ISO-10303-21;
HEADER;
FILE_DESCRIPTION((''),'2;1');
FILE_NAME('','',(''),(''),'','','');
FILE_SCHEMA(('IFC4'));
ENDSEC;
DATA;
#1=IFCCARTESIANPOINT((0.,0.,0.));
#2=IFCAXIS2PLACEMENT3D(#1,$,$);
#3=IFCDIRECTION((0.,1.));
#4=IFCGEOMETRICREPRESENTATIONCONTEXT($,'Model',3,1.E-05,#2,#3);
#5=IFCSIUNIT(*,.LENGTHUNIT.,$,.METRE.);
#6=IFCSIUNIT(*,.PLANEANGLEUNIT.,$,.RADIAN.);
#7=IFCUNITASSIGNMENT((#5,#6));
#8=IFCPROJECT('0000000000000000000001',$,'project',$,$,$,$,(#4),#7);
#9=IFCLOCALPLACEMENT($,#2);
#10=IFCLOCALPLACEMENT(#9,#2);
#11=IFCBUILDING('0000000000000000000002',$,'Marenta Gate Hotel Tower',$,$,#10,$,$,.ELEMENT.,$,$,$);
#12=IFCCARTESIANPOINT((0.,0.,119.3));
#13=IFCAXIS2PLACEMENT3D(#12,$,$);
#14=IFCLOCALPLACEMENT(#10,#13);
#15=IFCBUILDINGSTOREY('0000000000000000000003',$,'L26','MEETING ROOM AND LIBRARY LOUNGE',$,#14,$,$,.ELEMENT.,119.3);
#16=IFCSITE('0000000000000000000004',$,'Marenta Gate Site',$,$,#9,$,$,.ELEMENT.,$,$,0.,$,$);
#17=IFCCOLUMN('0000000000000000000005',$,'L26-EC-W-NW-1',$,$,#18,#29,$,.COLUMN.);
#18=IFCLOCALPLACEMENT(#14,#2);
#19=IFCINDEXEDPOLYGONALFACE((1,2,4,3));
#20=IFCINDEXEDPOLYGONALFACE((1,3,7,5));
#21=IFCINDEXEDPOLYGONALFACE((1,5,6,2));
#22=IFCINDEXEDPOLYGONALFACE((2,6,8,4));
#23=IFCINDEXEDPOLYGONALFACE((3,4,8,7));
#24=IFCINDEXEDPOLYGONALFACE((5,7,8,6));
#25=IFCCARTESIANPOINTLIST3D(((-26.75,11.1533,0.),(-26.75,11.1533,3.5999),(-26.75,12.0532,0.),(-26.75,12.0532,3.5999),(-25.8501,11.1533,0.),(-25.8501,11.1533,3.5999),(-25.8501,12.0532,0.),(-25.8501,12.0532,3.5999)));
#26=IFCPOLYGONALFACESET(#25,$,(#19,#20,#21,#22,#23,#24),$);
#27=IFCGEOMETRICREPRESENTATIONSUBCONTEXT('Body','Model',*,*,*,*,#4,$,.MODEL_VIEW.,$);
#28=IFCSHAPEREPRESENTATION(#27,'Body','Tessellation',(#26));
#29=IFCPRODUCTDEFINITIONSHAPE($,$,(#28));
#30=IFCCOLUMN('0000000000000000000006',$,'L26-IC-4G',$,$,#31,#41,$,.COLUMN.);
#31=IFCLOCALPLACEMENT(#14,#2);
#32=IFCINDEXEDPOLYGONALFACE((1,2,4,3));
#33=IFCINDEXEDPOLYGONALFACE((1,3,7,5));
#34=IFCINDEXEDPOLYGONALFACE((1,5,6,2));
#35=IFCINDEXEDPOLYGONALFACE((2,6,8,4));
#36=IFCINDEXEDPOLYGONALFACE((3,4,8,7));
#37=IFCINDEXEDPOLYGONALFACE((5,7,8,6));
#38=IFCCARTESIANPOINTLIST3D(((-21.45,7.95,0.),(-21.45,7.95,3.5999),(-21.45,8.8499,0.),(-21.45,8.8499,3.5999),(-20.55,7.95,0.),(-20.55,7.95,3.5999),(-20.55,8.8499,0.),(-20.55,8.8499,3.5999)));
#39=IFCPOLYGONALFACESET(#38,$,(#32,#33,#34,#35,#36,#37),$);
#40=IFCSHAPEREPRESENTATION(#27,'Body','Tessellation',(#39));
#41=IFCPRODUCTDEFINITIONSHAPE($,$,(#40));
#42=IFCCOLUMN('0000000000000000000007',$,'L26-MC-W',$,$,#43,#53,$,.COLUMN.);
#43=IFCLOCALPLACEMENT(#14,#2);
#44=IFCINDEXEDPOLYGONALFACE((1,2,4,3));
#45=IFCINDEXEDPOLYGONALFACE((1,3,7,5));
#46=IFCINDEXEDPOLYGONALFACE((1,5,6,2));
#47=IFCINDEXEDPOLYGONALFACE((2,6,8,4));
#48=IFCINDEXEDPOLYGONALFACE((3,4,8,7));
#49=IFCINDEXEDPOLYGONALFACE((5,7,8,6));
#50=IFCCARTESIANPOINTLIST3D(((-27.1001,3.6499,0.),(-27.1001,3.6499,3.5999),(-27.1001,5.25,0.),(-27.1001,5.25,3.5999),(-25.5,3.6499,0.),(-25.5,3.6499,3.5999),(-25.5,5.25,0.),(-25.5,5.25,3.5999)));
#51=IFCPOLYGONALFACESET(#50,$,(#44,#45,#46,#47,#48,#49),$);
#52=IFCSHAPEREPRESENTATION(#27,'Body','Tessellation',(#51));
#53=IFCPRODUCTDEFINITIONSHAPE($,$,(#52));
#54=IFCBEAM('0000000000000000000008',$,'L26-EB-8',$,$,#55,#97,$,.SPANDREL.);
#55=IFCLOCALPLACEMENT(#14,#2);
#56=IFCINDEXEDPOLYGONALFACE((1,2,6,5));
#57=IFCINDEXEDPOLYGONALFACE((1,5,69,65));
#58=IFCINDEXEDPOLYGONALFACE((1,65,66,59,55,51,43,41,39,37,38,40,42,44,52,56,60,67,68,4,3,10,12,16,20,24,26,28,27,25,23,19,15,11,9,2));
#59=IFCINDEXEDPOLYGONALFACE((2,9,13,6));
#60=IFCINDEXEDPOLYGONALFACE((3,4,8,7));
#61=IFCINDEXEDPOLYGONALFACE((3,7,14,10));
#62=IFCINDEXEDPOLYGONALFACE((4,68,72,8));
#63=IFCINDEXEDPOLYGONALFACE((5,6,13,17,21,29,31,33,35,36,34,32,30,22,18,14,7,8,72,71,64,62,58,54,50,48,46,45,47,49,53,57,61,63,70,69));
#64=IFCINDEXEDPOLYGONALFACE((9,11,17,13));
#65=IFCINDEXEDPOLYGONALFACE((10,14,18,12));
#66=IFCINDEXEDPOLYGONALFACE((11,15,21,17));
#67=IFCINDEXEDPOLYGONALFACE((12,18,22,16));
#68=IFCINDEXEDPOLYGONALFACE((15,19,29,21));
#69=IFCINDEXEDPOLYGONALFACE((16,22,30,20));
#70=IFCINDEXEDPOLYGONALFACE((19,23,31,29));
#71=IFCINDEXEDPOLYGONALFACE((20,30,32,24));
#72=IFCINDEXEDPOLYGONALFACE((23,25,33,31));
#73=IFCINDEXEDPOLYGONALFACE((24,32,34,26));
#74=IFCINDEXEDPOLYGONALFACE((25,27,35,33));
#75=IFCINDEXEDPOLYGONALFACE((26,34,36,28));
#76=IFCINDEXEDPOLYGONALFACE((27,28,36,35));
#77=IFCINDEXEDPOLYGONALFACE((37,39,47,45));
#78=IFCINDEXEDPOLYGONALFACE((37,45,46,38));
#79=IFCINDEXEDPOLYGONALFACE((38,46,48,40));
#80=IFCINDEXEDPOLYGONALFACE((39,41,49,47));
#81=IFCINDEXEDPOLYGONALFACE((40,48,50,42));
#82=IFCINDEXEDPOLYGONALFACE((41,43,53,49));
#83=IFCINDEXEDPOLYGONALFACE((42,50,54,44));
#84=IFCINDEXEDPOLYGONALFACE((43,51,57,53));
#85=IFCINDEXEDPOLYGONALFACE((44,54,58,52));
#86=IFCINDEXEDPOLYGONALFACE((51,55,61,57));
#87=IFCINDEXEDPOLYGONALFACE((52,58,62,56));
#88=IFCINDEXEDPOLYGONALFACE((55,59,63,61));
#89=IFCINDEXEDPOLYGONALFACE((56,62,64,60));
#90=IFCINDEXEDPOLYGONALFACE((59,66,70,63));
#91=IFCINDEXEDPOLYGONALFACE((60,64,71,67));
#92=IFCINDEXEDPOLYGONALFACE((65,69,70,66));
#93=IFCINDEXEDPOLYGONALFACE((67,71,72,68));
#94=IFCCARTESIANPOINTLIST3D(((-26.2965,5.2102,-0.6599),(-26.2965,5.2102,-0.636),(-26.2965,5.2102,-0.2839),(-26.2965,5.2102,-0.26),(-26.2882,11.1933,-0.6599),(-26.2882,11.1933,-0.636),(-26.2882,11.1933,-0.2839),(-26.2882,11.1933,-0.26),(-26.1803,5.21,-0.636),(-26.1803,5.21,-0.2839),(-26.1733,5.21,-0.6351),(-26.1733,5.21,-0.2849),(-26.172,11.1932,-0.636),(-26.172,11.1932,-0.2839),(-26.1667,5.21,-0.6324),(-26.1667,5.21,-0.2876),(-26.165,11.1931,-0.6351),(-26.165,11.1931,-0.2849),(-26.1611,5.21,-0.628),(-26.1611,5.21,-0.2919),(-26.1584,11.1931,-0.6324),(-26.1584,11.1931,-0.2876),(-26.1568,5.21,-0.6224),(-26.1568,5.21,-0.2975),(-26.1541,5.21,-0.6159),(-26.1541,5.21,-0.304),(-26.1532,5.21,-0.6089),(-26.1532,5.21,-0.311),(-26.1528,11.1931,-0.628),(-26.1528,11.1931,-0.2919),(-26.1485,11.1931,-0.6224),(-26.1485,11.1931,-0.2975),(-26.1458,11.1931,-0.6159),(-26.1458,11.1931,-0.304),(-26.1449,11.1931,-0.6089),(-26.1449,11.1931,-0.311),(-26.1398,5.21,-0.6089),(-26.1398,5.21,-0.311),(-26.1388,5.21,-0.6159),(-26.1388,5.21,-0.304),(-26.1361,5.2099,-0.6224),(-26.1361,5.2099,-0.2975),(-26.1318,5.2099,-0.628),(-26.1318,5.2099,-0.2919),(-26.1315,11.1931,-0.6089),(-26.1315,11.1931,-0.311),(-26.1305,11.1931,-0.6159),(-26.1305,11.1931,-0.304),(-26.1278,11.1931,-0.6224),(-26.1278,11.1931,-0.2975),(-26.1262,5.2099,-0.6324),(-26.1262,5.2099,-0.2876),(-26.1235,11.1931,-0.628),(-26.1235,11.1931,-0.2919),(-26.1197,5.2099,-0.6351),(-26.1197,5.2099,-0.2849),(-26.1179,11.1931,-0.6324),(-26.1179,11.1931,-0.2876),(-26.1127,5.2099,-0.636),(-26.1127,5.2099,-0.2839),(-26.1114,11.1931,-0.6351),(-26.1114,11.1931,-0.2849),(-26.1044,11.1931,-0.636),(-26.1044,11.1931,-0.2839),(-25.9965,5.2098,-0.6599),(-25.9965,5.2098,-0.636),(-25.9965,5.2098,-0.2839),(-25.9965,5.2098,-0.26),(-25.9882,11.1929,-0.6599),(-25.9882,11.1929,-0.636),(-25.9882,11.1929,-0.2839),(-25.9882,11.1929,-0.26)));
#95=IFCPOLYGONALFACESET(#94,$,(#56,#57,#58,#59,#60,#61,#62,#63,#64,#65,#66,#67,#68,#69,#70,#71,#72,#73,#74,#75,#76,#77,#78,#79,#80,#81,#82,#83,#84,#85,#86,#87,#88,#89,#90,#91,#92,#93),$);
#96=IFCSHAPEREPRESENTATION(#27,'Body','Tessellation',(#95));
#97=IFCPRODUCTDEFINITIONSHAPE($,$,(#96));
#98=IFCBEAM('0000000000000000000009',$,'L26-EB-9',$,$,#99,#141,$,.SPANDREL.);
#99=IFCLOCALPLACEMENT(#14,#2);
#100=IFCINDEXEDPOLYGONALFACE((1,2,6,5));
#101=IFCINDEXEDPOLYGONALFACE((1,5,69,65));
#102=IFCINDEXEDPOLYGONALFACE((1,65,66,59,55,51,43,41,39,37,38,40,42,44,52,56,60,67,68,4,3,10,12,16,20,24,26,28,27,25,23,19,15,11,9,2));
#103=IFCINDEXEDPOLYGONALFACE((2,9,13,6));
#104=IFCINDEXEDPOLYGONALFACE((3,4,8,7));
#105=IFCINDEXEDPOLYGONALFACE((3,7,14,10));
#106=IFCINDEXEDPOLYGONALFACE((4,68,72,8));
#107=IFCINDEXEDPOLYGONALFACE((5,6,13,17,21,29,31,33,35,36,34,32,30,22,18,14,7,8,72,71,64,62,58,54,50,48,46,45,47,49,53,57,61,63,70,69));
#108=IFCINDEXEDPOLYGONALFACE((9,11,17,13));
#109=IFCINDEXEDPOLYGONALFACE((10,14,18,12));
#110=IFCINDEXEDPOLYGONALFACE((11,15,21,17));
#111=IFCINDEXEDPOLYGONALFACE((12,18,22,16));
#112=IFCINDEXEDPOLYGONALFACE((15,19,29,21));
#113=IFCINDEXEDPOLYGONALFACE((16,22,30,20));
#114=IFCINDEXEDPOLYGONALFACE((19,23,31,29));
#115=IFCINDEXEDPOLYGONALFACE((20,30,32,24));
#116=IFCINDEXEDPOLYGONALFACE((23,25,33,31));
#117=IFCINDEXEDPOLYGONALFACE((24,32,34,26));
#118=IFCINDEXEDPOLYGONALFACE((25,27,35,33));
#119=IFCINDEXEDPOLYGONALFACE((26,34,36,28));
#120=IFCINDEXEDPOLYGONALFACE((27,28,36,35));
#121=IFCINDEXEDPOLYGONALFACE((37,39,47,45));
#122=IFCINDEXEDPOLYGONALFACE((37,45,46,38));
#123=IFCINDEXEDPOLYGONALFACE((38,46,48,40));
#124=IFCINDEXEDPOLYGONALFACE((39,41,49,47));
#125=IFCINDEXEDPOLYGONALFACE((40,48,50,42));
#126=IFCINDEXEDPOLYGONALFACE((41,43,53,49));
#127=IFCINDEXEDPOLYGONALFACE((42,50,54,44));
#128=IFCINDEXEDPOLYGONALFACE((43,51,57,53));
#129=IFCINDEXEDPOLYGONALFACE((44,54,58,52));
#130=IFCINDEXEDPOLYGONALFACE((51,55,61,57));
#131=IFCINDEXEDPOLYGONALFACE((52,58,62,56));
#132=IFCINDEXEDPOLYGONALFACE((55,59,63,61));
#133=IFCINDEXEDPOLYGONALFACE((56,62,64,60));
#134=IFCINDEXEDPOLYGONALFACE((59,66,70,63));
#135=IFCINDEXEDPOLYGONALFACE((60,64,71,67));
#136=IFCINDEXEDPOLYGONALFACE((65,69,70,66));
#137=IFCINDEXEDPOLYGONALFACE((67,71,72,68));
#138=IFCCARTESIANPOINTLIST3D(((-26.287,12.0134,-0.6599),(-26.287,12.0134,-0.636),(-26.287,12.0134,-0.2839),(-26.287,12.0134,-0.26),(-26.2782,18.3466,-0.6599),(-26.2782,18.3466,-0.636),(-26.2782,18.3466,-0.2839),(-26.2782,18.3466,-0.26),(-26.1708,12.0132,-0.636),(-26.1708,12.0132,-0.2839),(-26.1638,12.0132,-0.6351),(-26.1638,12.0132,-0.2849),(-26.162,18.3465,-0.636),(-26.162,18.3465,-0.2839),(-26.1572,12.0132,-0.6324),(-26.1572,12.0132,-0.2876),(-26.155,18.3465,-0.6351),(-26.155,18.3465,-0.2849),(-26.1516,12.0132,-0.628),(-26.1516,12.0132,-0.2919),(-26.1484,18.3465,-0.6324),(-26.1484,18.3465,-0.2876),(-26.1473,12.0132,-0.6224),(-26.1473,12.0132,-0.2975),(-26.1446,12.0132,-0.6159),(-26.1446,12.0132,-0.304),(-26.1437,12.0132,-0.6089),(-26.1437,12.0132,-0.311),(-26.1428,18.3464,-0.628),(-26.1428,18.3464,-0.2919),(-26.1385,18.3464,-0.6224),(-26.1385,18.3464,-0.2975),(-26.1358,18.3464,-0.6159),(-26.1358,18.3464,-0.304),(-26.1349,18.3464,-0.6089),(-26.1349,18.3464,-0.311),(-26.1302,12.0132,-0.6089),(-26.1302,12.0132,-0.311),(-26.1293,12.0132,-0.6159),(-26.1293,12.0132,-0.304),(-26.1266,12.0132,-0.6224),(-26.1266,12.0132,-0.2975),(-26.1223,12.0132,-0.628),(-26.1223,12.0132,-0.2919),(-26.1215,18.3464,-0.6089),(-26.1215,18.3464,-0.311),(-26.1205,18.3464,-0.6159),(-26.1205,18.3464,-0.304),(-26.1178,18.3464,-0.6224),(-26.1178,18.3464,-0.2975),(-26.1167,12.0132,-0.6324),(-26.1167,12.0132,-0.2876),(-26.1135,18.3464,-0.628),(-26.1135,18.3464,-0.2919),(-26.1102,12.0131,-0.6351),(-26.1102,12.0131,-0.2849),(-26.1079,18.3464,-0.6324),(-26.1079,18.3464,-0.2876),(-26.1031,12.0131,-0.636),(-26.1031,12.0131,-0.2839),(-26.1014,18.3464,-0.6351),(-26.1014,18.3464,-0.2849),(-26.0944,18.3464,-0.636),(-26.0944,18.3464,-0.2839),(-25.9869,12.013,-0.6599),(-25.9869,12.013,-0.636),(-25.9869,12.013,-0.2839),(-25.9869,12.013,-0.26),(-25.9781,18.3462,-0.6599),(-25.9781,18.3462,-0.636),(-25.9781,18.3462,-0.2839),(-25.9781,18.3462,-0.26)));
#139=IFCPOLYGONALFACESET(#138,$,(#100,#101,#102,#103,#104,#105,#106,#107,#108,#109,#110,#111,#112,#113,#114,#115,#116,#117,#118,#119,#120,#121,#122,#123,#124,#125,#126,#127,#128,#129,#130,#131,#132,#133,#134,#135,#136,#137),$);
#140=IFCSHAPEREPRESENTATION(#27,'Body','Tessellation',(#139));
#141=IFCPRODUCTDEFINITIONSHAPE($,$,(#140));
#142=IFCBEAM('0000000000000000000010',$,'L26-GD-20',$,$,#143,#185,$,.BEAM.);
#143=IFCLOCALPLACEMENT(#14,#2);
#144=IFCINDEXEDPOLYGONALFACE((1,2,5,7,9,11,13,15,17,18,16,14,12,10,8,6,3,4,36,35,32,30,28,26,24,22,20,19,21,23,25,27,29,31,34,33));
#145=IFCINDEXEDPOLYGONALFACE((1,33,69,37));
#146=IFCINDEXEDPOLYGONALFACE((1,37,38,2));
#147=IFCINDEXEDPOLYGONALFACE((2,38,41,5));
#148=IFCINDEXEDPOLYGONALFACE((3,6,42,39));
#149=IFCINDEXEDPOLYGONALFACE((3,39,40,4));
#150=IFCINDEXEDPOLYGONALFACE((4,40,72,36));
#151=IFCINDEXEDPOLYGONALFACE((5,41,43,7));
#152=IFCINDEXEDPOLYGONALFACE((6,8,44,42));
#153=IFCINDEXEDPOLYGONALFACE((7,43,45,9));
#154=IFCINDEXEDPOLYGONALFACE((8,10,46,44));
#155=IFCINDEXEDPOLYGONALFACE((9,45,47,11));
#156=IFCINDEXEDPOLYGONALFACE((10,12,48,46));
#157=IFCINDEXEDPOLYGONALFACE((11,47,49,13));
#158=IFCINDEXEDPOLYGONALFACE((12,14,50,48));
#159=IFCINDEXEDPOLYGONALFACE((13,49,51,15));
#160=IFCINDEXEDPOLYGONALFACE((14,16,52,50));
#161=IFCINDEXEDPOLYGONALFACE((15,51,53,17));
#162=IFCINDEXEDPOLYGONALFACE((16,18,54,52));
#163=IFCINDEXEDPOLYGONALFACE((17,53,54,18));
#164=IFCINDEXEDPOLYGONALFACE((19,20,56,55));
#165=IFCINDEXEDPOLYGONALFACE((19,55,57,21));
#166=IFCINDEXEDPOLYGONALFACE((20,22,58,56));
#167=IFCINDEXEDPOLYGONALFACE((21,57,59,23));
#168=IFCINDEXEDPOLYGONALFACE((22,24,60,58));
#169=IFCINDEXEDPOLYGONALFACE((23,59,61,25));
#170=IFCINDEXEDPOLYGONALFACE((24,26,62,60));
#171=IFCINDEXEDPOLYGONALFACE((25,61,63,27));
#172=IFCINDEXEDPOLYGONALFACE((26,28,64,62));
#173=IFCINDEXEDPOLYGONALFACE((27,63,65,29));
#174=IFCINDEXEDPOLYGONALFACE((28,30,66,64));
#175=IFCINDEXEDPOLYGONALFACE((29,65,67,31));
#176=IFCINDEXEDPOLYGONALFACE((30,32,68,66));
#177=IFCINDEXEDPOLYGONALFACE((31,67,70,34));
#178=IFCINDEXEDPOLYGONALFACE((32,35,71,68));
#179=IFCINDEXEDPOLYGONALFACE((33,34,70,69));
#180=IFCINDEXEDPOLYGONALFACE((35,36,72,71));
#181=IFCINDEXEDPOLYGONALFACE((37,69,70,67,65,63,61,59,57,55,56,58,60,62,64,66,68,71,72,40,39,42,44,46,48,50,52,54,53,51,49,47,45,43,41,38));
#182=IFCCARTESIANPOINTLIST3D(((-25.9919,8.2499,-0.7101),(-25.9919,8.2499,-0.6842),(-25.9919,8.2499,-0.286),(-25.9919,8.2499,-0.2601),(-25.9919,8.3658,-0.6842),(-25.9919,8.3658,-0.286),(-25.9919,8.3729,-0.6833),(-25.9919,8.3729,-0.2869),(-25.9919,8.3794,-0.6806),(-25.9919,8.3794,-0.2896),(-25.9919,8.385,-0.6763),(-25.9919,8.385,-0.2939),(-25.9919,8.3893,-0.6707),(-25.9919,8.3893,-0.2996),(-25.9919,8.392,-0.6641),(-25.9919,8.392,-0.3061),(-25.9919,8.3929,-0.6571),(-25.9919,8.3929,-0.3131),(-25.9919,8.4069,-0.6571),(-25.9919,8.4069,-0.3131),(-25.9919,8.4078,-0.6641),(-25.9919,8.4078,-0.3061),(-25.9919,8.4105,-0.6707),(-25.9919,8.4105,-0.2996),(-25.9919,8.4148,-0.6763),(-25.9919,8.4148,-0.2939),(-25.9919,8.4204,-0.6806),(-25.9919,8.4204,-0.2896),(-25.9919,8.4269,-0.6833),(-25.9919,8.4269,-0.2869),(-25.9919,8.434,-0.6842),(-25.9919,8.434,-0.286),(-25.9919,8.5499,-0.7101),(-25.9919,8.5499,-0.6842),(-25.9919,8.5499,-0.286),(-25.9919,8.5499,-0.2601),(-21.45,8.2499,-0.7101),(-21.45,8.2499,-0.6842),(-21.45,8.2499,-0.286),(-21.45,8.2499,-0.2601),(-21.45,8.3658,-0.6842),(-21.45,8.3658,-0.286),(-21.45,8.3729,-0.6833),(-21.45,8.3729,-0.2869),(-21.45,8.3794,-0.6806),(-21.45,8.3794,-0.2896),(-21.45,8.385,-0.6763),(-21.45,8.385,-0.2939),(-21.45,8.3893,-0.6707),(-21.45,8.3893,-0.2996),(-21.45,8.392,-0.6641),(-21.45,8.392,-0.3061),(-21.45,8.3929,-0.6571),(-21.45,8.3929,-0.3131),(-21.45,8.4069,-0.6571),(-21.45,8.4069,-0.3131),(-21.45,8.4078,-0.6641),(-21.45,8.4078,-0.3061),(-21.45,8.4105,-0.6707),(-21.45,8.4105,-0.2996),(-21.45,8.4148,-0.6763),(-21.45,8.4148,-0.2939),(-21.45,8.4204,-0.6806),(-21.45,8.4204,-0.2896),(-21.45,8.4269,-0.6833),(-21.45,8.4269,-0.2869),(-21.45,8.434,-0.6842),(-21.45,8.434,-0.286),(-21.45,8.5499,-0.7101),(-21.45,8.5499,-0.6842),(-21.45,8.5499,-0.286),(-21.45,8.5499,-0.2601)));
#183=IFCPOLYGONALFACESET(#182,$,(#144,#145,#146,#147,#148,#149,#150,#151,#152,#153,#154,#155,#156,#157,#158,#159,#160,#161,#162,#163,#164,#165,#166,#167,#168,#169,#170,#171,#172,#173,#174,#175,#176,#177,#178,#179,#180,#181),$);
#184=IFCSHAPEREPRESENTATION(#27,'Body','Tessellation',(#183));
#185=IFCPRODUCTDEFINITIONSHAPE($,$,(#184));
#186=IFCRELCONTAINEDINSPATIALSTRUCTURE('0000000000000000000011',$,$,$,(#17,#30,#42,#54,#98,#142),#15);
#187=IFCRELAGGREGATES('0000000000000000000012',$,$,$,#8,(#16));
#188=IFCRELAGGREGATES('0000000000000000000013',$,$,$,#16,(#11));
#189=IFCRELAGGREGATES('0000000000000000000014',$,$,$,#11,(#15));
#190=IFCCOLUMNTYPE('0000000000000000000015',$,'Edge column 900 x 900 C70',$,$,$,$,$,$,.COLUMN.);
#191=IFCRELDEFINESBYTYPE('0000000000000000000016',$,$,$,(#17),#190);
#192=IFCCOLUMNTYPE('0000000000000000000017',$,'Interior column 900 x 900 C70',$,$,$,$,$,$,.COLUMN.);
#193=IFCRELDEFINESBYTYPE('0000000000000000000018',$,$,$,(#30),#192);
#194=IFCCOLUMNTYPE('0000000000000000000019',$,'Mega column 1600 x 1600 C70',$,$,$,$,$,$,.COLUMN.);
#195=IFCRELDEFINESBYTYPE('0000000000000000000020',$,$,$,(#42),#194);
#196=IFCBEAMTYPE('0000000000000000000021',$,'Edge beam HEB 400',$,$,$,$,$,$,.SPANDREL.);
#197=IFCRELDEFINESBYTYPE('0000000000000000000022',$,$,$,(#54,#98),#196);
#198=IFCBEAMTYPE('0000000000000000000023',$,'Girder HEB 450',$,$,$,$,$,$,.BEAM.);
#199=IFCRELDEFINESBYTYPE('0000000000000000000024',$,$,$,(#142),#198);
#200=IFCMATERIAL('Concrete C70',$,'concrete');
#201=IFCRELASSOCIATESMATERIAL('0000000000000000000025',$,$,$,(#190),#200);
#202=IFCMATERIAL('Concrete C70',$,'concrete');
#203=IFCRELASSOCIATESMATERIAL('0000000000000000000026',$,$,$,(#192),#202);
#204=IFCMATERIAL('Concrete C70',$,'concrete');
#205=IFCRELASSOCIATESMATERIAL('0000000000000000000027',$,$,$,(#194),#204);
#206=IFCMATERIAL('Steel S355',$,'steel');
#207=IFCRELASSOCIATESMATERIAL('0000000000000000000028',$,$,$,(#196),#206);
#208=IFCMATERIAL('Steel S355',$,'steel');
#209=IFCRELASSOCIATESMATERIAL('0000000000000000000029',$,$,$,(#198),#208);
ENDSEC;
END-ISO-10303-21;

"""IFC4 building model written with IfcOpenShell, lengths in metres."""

from ifc_helpers import new_model, si_unit, direction, frame, origin, origin_2d, place, context, subcontext, project, spatial, rectangle, i_section, extrude, material, material_profile, profile_set, type_object, element, save


model = new_model("IFC4")

# Units and contexts
model_context = context("Model", 3, precision=1e-05, world=origin(), true_north=direction((0.0, 1.0)))
body_context = subcontext(model_context, "Body", "Model", "MODEL_VIEW")
ifc_project = project(units=[si_unit("LENGTHUNIT", "METRE"), si_unit("PLANEANGLEUNIT", "RADIAN")], contexts=[model_context])

# Site, building, storey
site_placement = place(None, origin())
site = spatial("IfcSite", under=ifc_project, at=site_placement, Name="Marenta Gate Site", CompositionType="ELEMENT", RefElevation=0.0)
building_placement = place(site_placement, origin())
building = spatial("IfcBuilding", under=site, at=building_placement, Name="Marenta Gate Hotel Tower", CompositionType="ELEMENT")
storey_placement = place(building_placement, frame((0.0, 0.0, 119.3)))
storey = spatial("IfcBuildingStorey", under=building, at=storey_placement, Name="L26", Description="MEETING ROOM AND LIBRARY LOUNGE", CompositionType="ELEMENT", Elevation=119.3)

# Columns
ifc_material_1 = material(Name="Concrete C70", Category="concrete")
ifc_material_profile_1 = material_profile(ifc_material_1, rectangle(XDim=0.8999, YDim=0.8999, at=origin_2d()), Name="900 x 900")
ifc_profile_set_1 = profile_set([ifc_material_profile_1], Name="Concrete C70")
column_type_1 = type_object("IfcColumnType", Name="Edge column 900 x 900 C70", PredefinedType="COLUMN", material=ifc_profile_set_1)
column_1_placement = place(storey_placement, frame((-26.3, 11.6033, 0.0), z_axis=(0.0, 0.0, 1.0), x_axis=(1.0, 0.0, 0.0)))
element("IfcColumn", 1, at=column_1_placement, inside=storey, type_object=column_type_1, Name="L26-EC-W-NW-1", PredefinedType="COLUMN", context=body_context, shape_type="SweptSolid", body=[
    extrude(rectangle(XDim=0.8999, YDim=0.8999, at=origin_2d()), origin(), (0.0, 0.0, 1.0), 3.5999),
])
ifc_material_2 = material(Name="Concrete C70", Category="concrete")
ifc_material_profile_2 = material_profile(ifc_material_2, rectangle(XDim=0.8999, YDim=0.8999, at=origin_2d()), Name="900 x 900")
ifc_profile_set_2 = profile_set([ifc_material_profile_2], Name="Concrete C70")
column_type_2 = type_object("IfcColumnType", Name="Interior column 900 x 900 C70", PredefinedType="COLUMN", material=ifc_profile_set_2)
column_2_placement = place(storey_placement, frame((-21.0, 8.3999, 0.0), z_axis=(0.0, 0.0, 1.0), x_axis=(1.0, 0.0, 0.0)))
element("IfcColumn", 2, at=column_2_placement, inside=storey, type_object=column_type_2, Name="L26-IC-4G", PredefinedType="COLUMN", context=body_context, shape_type="SweptSolid", body=[
    extrude(rectangle(XDim=0.8999, YDim=0.8999, at=origin_2d()), origin(), (0.0, 0.0, 1.0), 3.5999),
])
ifc_material_3 = material(Name="Concrete C70", Category="concrete")
ifc_material_profile_3 = material_profile(ifc_material_3, rectangle(XDim=1.6001, YDim=1.6001, at=origin_2d()), Name="1600 x 1600")
ifc_profile_set_3 = profile_set([ifc_material_profile_3], Name="Concrete C70")
column_type_3 = type_object("IfcColumnType", Name="Mega column 1600 x 1600 C70", PredefinedType="COLUMN", material=ifc_profile_set_3)
column_3_placement = place(storey_placement, frame((-26.3, 4.45, 0.0), z_axis=(0.0, 0.0, 1.0), x_axis=(1.0, 0.0, 0.0)))
element("IfcColumn", 3, at=column_3_placement, inside=storey, type_object=column_type_3, Name="L26-MC-W", PredefinedType="COLUMN", context=body_context, shape_type="SweptSolid", body=[
    extrude(rectangle(XDim=1.6001, YDim=1.6001, at=origin_2d()), origin(), (0.0, 0.0, 1.0), 3.5999),
])

# Beams
ifc_material_4 = material(Name="Steel S355", Category="steel")
ifc_material_profile_4 = material_profile(ifc_material_4, i_section(OverallWidth=0.3, OverallDepth=0.3999, WebThickness=0.0134, FlangeThickness=0.0239, FilletRadius=0.0271, at=origin_2d()), Name="HEB 400")
ifc_profile_set_4 = profile_set([ifc_material_profile_4], Name="Steel S355")
beam_type_1 = type_object("IfcBeamType", Name="Edge beam HEB 400", PredefinedType="SPANDREL", material=ifc_profile_set_4)
beam_1_placement = place(storey_placement, frame((-26.1465, 5.21, -0.46), z_axis=(0.001387, 0.999999, 0.0), x_axis=(-0.999999, 0.001387, 0.0)))
element("IfcBeam", 4, at=beam_1_placement, inside=storey, type_object=beam_type_1, Name="L26-EB-8", PredefinedType="SPANDREL", context=body_context, shape_type="SweptSolid", body=[
    extrude(i_section(OverallWidth=0.3, OverallDepth=0.3999, WebThickness=0.0134, FlangeThickness=0.0239, FilletRadius=0.0271, at=origin_2d()), origin(), (0.0, 0.0, 1.0), 5.9832),
])
beam_2_placement = place(storey_placement, frame((-26.137, 12.0132, -0.46), z_axis=(0.001388, 0.999999, 0.0), x_axis=(-0.999999, 0.001388, 0.0)))
element("IfcBeam", 5, at=beam_2_placement, inside=storey, type_object=beam_type_1, Name="L26-EB-9", PredefinedType="SPANDREL", context=body_context, shape_type="SweptSolid", body=[
    extrude(i_section(OverallWidth=0.3, OverallDepth=0.3999, WebThickness=0.0134, FlangeThickness=0.0239, FilletRadius=0.0271, at=origin_2d()), origin(), (0.0, 0.0, 1.0), 6.3333),
])
ifc_material_5 = material(Name="Steel S355", Category="steel")
ifc_material_profile_5 = material_profile(ifc_material_5, i_section(OverallWidth=0.3, OverallDepth=0.45, WebThickness=0.0139, FlangeThickness=0.0259, FilletRadius=0.0271, at=origin_2d()), Name="HEB 450")
ifc_profile_set_5 = profile_set([ifc_material_profile_5], Name="Steel S355")
beam_type_2 = type_object("IfcBeamType", Name="Girder HEB 450", PredefinedType="BEAM", material=ifc_profile_set_5)
beam_3_placement = place(storey_placement, frame((-25.9919, 8.3999, -0.4851), z_axis=(1.0, 0.0, 0.0), x_axis=(0.0, 1.0, 0.0)))
element("IfcBeam", 6, at=beam_3_placement, inside=storey, type_object=beam_type_2, Name="L26-GD-20", PredefinedType="BEAM", context=body_context, shape_type="SweptSolid", body=[
    extrude(i_section(OverallWidth=0.3, OverallDepth=0.45, WebThickness=0.0139, FlangeThickness=0.0259, FilletRadius=0.0271, at=origin_2d()), origin(), (0.0, 0.0, 1.0), 4.542),
])

save(model, "model.ifc")
